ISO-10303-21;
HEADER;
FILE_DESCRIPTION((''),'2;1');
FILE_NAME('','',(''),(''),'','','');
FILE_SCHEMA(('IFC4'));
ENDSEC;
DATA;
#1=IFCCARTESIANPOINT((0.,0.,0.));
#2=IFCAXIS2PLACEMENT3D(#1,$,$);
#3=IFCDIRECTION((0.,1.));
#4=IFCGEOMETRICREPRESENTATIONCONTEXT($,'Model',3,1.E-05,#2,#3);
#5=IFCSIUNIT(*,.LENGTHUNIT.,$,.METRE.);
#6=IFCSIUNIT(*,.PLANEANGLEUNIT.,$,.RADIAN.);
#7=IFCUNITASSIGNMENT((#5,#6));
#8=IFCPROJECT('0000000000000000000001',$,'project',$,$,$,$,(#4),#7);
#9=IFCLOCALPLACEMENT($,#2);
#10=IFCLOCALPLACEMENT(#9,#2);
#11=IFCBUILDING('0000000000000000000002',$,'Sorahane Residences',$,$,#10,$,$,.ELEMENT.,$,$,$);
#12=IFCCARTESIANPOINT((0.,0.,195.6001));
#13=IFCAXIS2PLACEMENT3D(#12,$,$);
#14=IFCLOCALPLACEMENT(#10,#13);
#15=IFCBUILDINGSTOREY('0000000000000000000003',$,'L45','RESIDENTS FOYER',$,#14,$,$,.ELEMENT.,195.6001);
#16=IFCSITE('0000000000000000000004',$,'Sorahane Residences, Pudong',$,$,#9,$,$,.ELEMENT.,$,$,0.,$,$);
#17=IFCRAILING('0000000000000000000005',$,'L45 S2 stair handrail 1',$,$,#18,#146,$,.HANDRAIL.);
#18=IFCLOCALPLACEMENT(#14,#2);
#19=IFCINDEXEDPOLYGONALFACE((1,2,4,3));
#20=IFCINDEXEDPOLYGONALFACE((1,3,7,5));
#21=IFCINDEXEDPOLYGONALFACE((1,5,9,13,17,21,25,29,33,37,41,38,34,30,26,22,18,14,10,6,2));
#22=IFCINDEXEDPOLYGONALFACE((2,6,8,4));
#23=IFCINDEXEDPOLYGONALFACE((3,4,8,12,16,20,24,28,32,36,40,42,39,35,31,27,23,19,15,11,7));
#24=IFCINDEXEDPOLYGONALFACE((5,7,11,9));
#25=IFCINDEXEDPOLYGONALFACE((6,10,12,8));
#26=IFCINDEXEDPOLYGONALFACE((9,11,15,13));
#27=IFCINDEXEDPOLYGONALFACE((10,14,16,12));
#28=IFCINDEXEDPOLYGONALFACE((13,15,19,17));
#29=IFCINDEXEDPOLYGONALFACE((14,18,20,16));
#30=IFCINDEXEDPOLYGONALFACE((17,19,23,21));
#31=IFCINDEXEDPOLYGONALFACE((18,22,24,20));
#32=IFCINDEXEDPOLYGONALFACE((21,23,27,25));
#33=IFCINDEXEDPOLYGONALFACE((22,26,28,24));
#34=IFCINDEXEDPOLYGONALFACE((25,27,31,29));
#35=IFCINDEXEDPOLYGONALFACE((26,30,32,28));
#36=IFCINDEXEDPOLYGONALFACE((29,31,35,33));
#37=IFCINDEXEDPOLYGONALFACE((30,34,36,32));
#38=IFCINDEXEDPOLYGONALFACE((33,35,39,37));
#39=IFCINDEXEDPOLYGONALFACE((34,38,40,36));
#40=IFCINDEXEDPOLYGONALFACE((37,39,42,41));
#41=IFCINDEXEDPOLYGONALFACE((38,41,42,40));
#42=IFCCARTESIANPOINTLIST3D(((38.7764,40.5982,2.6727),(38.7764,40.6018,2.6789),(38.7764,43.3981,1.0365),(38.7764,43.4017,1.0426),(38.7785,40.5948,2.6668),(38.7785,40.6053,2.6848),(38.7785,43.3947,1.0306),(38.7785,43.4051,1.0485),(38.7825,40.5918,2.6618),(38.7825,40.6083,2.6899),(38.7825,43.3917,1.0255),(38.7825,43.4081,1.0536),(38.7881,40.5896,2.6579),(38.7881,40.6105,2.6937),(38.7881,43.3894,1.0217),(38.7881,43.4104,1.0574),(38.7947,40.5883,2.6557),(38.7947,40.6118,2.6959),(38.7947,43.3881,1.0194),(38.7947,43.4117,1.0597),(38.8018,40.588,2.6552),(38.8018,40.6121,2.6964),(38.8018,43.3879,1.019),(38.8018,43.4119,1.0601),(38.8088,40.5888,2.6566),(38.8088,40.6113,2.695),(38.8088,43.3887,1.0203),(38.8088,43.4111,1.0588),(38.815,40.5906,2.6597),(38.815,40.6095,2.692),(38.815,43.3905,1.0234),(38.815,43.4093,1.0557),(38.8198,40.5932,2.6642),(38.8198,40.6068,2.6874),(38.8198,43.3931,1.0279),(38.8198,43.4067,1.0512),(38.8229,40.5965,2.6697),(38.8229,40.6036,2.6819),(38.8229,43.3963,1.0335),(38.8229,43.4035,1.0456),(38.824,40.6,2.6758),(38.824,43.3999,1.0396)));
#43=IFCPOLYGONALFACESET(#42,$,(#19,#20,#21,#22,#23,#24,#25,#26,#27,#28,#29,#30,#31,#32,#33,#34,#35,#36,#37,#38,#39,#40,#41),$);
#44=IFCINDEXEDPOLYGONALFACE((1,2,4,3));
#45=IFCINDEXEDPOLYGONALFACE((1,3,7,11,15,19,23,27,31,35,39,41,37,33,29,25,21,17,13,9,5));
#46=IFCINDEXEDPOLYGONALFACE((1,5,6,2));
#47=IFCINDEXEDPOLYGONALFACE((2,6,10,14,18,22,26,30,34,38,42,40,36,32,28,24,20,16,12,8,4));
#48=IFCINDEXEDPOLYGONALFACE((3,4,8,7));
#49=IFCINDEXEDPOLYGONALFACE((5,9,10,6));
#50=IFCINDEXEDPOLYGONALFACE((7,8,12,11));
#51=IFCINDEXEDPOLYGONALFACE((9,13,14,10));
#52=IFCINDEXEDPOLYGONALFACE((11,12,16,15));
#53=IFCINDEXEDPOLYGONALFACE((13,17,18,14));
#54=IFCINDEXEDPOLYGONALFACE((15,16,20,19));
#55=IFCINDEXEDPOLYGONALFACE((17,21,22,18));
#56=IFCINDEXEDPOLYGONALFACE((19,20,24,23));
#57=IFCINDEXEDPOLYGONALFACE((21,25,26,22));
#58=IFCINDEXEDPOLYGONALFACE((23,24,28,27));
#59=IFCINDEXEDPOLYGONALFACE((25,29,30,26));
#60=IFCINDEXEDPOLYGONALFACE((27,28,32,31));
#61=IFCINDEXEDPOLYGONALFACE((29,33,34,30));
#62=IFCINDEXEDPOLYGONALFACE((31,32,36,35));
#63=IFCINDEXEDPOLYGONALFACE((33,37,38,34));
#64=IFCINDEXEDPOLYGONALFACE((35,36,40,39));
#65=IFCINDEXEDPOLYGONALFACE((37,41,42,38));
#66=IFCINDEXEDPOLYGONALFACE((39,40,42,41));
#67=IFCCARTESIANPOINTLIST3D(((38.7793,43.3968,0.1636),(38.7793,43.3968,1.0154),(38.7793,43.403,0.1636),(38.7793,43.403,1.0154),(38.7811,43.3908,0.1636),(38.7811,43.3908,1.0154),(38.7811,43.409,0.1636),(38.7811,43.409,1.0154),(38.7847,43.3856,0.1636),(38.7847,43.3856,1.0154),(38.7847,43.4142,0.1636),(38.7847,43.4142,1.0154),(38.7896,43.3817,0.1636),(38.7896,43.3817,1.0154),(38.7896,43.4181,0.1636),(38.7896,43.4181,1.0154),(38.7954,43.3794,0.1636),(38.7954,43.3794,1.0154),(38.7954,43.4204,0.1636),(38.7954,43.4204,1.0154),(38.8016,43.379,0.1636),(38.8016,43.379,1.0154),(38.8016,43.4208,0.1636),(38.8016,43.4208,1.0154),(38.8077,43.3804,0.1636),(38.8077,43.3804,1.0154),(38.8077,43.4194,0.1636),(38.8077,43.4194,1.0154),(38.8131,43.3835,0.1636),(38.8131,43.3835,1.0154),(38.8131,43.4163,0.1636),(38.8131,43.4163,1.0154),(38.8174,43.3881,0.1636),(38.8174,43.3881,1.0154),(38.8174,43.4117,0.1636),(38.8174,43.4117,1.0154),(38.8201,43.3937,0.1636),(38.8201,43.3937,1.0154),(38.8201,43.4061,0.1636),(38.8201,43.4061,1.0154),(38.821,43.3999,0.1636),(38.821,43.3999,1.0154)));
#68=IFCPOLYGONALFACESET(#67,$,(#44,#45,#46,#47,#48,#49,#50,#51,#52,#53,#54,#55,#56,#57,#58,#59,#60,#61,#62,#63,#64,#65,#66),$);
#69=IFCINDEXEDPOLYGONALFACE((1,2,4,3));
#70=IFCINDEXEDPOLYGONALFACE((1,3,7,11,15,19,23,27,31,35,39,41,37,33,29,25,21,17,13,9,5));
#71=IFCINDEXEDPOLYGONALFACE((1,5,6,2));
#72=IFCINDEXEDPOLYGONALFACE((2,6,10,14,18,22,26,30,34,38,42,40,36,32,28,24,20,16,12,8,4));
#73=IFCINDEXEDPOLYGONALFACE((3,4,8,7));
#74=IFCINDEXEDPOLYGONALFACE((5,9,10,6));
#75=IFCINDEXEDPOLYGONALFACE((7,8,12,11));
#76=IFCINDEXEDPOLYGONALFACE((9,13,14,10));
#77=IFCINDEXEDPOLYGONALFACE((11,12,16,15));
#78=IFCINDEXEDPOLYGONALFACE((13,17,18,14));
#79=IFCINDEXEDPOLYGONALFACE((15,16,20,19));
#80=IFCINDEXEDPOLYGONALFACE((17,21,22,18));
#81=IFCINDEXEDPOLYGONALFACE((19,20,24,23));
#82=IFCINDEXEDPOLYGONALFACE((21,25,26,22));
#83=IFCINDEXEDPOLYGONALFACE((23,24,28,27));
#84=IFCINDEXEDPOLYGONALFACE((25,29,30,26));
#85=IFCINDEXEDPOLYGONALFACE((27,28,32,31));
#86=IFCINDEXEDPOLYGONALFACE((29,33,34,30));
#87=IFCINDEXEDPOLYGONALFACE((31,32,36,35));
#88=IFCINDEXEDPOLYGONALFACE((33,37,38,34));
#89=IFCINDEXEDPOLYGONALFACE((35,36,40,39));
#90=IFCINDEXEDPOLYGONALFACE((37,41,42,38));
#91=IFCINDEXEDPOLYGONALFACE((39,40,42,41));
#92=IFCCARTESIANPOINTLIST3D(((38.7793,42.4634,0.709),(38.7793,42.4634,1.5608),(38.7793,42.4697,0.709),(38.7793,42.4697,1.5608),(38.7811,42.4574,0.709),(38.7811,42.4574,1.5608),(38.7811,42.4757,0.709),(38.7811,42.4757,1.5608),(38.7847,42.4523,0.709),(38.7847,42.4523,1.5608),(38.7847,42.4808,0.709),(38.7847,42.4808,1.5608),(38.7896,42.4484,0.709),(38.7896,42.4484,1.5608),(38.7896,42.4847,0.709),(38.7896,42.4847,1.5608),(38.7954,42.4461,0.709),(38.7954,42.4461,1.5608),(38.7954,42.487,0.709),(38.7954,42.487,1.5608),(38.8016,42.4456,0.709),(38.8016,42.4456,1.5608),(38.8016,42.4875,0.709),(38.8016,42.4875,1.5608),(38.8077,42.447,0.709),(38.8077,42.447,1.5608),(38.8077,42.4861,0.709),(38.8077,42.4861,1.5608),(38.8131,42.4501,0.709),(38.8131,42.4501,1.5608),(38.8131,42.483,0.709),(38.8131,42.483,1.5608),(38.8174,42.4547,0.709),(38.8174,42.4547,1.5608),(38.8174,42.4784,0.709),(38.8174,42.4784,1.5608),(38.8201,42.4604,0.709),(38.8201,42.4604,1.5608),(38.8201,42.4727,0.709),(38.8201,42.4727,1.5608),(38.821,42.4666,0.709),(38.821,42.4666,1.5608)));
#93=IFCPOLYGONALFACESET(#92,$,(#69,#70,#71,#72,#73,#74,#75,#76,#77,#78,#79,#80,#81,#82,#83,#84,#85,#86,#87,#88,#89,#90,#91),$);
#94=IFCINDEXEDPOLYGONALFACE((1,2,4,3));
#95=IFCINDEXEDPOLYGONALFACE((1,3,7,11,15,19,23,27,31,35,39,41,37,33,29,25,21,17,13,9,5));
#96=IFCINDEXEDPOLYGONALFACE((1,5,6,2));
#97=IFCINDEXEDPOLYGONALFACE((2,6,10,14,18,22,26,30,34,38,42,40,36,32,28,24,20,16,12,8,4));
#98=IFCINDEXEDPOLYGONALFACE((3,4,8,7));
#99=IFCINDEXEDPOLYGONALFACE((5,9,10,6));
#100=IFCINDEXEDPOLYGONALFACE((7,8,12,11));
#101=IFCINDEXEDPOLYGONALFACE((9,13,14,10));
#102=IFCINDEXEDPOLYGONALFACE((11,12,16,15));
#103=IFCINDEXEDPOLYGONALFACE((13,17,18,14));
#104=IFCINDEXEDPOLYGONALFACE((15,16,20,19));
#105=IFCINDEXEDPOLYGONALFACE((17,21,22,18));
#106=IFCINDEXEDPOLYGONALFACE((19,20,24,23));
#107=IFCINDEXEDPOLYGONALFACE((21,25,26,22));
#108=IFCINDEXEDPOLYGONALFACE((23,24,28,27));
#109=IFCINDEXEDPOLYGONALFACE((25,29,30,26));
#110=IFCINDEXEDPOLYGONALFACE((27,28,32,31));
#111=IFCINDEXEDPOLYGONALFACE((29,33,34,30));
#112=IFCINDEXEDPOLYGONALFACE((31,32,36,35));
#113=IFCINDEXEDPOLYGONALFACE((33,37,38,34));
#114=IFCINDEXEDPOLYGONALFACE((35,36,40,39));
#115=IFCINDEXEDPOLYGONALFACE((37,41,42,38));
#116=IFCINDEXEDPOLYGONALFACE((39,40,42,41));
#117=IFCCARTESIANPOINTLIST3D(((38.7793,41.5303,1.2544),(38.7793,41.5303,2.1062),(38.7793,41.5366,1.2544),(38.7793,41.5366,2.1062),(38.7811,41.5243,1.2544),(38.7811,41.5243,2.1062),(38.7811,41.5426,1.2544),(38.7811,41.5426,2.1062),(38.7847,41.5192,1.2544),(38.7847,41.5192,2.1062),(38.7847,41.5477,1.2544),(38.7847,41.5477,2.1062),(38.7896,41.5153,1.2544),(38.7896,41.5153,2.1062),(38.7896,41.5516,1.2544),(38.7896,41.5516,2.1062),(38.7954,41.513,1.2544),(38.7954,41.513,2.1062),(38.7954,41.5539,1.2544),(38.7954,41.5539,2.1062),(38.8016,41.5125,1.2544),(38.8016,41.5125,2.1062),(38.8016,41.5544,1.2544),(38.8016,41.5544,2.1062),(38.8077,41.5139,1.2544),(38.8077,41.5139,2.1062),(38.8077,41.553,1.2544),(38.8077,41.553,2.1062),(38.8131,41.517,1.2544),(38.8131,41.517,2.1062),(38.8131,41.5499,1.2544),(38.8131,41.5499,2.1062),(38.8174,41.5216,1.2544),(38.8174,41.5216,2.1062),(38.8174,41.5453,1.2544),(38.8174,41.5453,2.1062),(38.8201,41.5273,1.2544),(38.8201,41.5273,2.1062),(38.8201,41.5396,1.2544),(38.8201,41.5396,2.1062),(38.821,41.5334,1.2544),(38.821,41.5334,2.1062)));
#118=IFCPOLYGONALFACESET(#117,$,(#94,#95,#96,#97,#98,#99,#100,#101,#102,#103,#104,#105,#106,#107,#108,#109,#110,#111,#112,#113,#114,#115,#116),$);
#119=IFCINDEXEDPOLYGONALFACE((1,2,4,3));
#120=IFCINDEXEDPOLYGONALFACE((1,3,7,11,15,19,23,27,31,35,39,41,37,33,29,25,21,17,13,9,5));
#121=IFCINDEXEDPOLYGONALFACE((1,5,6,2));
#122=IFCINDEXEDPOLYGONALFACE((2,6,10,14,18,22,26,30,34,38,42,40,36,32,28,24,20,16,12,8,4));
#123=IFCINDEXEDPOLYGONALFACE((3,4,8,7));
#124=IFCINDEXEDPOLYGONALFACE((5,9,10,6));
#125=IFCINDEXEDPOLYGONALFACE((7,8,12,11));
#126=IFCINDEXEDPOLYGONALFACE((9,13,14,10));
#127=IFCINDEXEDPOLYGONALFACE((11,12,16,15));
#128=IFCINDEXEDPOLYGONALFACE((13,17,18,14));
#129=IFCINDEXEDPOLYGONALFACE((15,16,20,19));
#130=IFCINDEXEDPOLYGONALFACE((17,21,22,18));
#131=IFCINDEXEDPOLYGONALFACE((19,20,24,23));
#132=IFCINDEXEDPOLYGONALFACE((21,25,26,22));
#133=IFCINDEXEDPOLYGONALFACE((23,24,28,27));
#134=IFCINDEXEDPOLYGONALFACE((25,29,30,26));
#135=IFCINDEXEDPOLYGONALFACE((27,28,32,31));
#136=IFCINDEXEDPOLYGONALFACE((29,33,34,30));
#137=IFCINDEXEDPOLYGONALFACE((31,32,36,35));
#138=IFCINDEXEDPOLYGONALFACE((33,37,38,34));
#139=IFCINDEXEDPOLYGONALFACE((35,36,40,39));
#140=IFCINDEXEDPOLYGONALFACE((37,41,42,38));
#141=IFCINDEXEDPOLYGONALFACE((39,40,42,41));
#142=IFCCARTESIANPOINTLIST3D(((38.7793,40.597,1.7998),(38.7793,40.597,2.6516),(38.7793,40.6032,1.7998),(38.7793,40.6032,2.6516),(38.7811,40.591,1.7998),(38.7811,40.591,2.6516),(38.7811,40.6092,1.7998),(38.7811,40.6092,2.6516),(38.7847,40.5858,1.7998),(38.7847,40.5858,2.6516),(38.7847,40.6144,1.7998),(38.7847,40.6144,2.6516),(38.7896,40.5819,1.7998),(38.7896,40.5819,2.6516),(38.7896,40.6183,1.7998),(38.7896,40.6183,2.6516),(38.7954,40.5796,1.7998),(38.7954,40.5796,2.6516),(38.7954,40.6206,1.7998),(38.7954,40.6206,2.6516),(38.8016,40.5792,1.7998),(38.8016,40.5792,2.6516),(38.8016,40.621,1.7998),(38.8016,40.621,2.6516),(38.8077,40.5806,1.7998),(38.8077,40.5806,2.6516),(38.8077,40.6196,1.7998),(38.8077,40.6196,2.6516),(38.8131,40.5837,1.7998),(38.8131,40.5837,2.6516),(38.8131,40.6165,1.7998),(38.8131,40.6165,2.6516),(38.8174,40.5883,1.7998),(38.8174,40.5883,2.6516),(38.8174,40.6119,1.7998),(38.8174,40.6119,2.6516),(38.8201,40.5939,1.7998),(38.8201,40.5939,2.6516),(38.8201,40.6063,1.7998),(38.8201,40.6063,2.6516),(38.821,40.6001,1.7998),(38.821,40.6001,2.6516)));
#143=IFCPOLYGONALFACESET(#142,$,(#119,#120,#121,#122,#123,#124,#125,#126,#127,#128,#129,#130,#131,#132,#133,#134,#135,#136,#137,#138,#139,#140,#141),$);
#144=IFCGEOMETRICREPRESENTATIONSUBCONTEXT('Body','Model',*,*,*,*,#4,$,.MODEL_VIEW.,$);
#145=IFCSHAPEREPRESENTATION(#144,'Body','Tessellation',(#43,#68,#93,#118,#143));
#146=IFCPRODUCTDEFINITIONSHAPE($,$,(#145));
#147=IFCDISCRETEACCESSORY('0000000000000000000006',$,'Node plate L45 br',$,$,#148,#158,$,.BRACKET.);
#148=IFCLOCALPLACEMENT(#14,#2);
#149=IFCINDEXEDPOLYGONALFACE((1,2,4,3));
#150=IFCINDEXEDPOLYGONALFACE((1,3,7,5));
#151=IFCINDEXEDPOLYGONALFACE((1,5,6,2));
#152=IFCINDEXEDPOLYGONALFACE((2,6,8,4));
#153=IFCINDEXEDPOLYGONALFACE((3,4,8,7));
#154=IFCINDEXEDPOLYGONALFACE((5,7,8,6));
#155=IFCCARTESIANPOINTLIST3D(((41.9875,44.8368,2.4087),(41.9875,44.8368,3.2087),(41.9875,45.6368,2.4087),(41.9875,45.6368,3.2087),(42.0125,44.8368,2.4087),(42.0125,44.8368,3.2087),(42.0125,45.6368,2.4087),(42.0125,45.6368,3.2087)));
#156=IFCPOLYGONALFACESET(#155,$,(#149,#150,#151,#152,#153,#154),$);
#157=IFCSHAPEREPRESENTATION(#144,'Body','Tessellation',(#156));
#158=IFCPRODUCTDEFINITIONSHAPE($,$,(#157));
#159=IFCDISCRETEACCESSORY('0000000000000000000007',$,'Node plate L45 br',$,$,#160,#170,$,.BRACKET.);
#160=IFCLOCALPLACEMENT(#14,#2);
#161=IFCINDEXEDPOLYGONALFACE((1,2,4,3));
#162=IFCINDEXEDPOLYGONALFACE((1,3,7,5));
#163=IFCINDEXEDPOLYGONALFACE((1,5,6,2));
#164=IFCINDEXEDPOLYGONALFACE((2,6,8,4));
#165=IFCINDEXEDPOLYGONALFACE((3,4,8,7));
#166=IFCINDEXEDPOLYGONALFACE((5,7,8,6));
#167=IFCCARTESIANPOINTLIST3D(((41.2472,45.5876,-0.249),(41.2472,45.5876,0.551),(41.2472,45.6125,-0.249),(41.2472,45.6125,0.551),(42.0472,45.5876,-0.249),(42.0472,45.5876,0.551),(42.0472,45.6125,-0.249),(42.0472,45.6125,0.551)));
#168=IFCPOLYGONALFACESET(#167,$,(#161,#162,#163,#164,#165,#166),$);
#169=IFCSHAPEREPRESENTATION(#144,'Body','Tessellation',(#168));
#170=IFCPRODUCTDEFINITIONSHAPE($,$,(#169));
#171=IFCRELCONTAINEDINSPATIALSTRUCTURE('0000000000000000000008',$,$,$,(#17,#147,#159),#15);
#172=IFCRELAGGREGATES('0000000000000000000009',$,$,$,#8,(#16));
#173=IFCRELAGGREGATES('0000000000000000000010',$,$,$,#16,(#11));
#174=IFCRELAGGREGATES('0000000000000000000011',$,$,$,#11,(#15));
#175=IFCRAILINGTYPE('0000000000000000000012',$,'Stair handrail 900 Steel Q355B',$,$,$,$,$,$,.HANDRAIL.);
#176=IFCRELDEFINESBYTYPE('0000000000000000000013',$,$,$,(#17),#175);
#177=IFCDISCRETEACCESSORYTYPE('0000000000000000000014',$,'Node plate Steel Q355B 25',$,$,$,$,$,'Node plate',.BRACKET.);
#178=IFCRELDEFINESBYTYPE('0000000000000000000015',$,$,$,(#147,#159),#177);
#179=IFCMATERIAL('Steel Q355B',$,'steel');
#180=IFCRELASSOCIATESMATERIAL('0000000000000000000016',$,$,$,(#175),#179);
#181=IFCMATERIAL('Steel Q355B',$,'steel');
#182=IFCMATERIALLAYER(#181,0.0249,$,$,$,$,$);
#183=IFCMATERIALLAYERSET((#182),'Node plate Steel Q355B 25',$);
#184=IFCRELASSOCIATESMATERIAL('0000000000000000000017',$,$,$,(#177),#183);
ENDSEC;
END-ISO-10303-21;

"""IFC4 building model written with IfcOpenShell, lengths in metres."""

from ifc_helpers import new_model, si_unit, direction, frame, origin, origin_2d, place, context, subcontext, project, spatial, rectangle, circle, extrude, material, layer, layer_set, type_object, element, save


model = new_model("IFC4")

# Units and contexts
model_context = context("Model", 3, precision=1e-05, world=origin(), true_north=direction((0.0, 1.0)))
body_context = subcontext(model_context, "Body", "Model", "MODEL_VIEW")
ifc_project = project(units=[si_unit("LENGTHUNIT", "METRE"), si_unit("PLANEANGLEUNIT", "RADIAN")], contexts=[model_context])

# Site, building, storey
site_placement = place(None, origin())
site = spatial("IfcSite", under=ifc_project, at=site_placement, Name="Sorahane Residences, Pudong", CompositionType="ELEMENT", RefElevation=0.0)
building_placement = place(site_placement, origin())
building = spatial("IfcBuilding", under=site, at=building_placement, Name="Sorahane Residences", CompositionType="ELEMENT")
storey_placement = place(building_placement, frame((0.0, 0.0, 195.6001)))
storey = spatial("IfcBuildingStorey", under=building, at=storey_placement, Name="L45", Description="RESIDENTS FOYER", CompositionType="ELEMENT", Elevation=195.6001)

# Railing
ifc_material_1 = material(Name="Steel Q355B", Category="steel")
railing_type_1 = type_object("IfcRailingType", Name="Stair handrail 900 Steel Q355B", PredefinedType="HANDRAIL", material=ifc_material_1)
railing_1_placement = place(storey_placement, frame((38.8, 43.3999, 0.1636)))
element("IfcRailing", 1, at=railing_1_placement, inside=storey, type_object=railing_type_1, Name="L45 S2 stair handrail 1", PredefinedType="HANDRAIL", context=body_context, shape_type="SweptSolid", body=[
    extrude(circle(Radius=0.0239, at=origin_2d()), frame((0.0, 0.0, 0.876), z_axis=(0.0, -0.863374, 0.504564), x_axis=(1.0, 0.0, 0.0)), (0.0, 0.0, 1.0), 3.2429),
    extrude(circle(Radius=0.021, at=origin_2d()), origin(), (0.0, 0.0, 1.0), 0.8518),
    extrude(circle(Radius=0.021, at=origin_2d()), frame((0.0, -0.9333, 0.5454)), (0.0, 0.0, 1.0), 0.8518),
    extrude(circle(Radius=0.021, at=origin_2d()), frame((0.0, -1.8665, 1.0908)), (0.0, 0.0, 1.0), 0.8518),
    extrude(circle(Radius=0.021, at=origin_2d()), frame((0.0, -2.7998, 1.6362)), (0.0, 0.0, 1.0), 0.8518),
])

# Discrete accessories
ifc_material_2 = material(Name="Steel Q355B", Category="steel")
ifc_layer_1 = layer(ifc_material_2, 0.0249)
ifc_layer_set_1 = layer_set([ifc_layer_1], Name="Node plate Steel Q355B 25")
discrete_accessory_type = type_object("IfcDiscreteAccessoryType", Name="Node plate Steel Q355B 25", ElementType="Node plate", PredefinedType="BRACKET", material=ifc_layer_set_1)
for number, where, z_axis, x_axis, name in (
    (2, (42.0, 45.2368, 2.4087), (0.0, 0.0, 1.0), (0.0, 1.0, 0.0), "Node plate L45 br"),
    (3, (41.6472, 45.6001, -0.249), (0.0, 0.0, 1.0), (1.0, 0.0, 0.0), "Node plate L45 br"),
):
    element("IfcDiscreteAccessory", number, at=place(storey_placement, frame(where, z_axis=z_axis, x_axis=x_axis)), inside=storey, type_object=discrete_accessory_type, Name=name, PredefinedType="BRACKET", context=body_context, shape_type="SweptSolid", body=[
        extrude(rectangle(XDim=0.8, YDim=0.0249, at=origin_2d()), origin(), (0.0, 0.0, 1.0), 0.8),
    ])

save(model, "model.ifc")
